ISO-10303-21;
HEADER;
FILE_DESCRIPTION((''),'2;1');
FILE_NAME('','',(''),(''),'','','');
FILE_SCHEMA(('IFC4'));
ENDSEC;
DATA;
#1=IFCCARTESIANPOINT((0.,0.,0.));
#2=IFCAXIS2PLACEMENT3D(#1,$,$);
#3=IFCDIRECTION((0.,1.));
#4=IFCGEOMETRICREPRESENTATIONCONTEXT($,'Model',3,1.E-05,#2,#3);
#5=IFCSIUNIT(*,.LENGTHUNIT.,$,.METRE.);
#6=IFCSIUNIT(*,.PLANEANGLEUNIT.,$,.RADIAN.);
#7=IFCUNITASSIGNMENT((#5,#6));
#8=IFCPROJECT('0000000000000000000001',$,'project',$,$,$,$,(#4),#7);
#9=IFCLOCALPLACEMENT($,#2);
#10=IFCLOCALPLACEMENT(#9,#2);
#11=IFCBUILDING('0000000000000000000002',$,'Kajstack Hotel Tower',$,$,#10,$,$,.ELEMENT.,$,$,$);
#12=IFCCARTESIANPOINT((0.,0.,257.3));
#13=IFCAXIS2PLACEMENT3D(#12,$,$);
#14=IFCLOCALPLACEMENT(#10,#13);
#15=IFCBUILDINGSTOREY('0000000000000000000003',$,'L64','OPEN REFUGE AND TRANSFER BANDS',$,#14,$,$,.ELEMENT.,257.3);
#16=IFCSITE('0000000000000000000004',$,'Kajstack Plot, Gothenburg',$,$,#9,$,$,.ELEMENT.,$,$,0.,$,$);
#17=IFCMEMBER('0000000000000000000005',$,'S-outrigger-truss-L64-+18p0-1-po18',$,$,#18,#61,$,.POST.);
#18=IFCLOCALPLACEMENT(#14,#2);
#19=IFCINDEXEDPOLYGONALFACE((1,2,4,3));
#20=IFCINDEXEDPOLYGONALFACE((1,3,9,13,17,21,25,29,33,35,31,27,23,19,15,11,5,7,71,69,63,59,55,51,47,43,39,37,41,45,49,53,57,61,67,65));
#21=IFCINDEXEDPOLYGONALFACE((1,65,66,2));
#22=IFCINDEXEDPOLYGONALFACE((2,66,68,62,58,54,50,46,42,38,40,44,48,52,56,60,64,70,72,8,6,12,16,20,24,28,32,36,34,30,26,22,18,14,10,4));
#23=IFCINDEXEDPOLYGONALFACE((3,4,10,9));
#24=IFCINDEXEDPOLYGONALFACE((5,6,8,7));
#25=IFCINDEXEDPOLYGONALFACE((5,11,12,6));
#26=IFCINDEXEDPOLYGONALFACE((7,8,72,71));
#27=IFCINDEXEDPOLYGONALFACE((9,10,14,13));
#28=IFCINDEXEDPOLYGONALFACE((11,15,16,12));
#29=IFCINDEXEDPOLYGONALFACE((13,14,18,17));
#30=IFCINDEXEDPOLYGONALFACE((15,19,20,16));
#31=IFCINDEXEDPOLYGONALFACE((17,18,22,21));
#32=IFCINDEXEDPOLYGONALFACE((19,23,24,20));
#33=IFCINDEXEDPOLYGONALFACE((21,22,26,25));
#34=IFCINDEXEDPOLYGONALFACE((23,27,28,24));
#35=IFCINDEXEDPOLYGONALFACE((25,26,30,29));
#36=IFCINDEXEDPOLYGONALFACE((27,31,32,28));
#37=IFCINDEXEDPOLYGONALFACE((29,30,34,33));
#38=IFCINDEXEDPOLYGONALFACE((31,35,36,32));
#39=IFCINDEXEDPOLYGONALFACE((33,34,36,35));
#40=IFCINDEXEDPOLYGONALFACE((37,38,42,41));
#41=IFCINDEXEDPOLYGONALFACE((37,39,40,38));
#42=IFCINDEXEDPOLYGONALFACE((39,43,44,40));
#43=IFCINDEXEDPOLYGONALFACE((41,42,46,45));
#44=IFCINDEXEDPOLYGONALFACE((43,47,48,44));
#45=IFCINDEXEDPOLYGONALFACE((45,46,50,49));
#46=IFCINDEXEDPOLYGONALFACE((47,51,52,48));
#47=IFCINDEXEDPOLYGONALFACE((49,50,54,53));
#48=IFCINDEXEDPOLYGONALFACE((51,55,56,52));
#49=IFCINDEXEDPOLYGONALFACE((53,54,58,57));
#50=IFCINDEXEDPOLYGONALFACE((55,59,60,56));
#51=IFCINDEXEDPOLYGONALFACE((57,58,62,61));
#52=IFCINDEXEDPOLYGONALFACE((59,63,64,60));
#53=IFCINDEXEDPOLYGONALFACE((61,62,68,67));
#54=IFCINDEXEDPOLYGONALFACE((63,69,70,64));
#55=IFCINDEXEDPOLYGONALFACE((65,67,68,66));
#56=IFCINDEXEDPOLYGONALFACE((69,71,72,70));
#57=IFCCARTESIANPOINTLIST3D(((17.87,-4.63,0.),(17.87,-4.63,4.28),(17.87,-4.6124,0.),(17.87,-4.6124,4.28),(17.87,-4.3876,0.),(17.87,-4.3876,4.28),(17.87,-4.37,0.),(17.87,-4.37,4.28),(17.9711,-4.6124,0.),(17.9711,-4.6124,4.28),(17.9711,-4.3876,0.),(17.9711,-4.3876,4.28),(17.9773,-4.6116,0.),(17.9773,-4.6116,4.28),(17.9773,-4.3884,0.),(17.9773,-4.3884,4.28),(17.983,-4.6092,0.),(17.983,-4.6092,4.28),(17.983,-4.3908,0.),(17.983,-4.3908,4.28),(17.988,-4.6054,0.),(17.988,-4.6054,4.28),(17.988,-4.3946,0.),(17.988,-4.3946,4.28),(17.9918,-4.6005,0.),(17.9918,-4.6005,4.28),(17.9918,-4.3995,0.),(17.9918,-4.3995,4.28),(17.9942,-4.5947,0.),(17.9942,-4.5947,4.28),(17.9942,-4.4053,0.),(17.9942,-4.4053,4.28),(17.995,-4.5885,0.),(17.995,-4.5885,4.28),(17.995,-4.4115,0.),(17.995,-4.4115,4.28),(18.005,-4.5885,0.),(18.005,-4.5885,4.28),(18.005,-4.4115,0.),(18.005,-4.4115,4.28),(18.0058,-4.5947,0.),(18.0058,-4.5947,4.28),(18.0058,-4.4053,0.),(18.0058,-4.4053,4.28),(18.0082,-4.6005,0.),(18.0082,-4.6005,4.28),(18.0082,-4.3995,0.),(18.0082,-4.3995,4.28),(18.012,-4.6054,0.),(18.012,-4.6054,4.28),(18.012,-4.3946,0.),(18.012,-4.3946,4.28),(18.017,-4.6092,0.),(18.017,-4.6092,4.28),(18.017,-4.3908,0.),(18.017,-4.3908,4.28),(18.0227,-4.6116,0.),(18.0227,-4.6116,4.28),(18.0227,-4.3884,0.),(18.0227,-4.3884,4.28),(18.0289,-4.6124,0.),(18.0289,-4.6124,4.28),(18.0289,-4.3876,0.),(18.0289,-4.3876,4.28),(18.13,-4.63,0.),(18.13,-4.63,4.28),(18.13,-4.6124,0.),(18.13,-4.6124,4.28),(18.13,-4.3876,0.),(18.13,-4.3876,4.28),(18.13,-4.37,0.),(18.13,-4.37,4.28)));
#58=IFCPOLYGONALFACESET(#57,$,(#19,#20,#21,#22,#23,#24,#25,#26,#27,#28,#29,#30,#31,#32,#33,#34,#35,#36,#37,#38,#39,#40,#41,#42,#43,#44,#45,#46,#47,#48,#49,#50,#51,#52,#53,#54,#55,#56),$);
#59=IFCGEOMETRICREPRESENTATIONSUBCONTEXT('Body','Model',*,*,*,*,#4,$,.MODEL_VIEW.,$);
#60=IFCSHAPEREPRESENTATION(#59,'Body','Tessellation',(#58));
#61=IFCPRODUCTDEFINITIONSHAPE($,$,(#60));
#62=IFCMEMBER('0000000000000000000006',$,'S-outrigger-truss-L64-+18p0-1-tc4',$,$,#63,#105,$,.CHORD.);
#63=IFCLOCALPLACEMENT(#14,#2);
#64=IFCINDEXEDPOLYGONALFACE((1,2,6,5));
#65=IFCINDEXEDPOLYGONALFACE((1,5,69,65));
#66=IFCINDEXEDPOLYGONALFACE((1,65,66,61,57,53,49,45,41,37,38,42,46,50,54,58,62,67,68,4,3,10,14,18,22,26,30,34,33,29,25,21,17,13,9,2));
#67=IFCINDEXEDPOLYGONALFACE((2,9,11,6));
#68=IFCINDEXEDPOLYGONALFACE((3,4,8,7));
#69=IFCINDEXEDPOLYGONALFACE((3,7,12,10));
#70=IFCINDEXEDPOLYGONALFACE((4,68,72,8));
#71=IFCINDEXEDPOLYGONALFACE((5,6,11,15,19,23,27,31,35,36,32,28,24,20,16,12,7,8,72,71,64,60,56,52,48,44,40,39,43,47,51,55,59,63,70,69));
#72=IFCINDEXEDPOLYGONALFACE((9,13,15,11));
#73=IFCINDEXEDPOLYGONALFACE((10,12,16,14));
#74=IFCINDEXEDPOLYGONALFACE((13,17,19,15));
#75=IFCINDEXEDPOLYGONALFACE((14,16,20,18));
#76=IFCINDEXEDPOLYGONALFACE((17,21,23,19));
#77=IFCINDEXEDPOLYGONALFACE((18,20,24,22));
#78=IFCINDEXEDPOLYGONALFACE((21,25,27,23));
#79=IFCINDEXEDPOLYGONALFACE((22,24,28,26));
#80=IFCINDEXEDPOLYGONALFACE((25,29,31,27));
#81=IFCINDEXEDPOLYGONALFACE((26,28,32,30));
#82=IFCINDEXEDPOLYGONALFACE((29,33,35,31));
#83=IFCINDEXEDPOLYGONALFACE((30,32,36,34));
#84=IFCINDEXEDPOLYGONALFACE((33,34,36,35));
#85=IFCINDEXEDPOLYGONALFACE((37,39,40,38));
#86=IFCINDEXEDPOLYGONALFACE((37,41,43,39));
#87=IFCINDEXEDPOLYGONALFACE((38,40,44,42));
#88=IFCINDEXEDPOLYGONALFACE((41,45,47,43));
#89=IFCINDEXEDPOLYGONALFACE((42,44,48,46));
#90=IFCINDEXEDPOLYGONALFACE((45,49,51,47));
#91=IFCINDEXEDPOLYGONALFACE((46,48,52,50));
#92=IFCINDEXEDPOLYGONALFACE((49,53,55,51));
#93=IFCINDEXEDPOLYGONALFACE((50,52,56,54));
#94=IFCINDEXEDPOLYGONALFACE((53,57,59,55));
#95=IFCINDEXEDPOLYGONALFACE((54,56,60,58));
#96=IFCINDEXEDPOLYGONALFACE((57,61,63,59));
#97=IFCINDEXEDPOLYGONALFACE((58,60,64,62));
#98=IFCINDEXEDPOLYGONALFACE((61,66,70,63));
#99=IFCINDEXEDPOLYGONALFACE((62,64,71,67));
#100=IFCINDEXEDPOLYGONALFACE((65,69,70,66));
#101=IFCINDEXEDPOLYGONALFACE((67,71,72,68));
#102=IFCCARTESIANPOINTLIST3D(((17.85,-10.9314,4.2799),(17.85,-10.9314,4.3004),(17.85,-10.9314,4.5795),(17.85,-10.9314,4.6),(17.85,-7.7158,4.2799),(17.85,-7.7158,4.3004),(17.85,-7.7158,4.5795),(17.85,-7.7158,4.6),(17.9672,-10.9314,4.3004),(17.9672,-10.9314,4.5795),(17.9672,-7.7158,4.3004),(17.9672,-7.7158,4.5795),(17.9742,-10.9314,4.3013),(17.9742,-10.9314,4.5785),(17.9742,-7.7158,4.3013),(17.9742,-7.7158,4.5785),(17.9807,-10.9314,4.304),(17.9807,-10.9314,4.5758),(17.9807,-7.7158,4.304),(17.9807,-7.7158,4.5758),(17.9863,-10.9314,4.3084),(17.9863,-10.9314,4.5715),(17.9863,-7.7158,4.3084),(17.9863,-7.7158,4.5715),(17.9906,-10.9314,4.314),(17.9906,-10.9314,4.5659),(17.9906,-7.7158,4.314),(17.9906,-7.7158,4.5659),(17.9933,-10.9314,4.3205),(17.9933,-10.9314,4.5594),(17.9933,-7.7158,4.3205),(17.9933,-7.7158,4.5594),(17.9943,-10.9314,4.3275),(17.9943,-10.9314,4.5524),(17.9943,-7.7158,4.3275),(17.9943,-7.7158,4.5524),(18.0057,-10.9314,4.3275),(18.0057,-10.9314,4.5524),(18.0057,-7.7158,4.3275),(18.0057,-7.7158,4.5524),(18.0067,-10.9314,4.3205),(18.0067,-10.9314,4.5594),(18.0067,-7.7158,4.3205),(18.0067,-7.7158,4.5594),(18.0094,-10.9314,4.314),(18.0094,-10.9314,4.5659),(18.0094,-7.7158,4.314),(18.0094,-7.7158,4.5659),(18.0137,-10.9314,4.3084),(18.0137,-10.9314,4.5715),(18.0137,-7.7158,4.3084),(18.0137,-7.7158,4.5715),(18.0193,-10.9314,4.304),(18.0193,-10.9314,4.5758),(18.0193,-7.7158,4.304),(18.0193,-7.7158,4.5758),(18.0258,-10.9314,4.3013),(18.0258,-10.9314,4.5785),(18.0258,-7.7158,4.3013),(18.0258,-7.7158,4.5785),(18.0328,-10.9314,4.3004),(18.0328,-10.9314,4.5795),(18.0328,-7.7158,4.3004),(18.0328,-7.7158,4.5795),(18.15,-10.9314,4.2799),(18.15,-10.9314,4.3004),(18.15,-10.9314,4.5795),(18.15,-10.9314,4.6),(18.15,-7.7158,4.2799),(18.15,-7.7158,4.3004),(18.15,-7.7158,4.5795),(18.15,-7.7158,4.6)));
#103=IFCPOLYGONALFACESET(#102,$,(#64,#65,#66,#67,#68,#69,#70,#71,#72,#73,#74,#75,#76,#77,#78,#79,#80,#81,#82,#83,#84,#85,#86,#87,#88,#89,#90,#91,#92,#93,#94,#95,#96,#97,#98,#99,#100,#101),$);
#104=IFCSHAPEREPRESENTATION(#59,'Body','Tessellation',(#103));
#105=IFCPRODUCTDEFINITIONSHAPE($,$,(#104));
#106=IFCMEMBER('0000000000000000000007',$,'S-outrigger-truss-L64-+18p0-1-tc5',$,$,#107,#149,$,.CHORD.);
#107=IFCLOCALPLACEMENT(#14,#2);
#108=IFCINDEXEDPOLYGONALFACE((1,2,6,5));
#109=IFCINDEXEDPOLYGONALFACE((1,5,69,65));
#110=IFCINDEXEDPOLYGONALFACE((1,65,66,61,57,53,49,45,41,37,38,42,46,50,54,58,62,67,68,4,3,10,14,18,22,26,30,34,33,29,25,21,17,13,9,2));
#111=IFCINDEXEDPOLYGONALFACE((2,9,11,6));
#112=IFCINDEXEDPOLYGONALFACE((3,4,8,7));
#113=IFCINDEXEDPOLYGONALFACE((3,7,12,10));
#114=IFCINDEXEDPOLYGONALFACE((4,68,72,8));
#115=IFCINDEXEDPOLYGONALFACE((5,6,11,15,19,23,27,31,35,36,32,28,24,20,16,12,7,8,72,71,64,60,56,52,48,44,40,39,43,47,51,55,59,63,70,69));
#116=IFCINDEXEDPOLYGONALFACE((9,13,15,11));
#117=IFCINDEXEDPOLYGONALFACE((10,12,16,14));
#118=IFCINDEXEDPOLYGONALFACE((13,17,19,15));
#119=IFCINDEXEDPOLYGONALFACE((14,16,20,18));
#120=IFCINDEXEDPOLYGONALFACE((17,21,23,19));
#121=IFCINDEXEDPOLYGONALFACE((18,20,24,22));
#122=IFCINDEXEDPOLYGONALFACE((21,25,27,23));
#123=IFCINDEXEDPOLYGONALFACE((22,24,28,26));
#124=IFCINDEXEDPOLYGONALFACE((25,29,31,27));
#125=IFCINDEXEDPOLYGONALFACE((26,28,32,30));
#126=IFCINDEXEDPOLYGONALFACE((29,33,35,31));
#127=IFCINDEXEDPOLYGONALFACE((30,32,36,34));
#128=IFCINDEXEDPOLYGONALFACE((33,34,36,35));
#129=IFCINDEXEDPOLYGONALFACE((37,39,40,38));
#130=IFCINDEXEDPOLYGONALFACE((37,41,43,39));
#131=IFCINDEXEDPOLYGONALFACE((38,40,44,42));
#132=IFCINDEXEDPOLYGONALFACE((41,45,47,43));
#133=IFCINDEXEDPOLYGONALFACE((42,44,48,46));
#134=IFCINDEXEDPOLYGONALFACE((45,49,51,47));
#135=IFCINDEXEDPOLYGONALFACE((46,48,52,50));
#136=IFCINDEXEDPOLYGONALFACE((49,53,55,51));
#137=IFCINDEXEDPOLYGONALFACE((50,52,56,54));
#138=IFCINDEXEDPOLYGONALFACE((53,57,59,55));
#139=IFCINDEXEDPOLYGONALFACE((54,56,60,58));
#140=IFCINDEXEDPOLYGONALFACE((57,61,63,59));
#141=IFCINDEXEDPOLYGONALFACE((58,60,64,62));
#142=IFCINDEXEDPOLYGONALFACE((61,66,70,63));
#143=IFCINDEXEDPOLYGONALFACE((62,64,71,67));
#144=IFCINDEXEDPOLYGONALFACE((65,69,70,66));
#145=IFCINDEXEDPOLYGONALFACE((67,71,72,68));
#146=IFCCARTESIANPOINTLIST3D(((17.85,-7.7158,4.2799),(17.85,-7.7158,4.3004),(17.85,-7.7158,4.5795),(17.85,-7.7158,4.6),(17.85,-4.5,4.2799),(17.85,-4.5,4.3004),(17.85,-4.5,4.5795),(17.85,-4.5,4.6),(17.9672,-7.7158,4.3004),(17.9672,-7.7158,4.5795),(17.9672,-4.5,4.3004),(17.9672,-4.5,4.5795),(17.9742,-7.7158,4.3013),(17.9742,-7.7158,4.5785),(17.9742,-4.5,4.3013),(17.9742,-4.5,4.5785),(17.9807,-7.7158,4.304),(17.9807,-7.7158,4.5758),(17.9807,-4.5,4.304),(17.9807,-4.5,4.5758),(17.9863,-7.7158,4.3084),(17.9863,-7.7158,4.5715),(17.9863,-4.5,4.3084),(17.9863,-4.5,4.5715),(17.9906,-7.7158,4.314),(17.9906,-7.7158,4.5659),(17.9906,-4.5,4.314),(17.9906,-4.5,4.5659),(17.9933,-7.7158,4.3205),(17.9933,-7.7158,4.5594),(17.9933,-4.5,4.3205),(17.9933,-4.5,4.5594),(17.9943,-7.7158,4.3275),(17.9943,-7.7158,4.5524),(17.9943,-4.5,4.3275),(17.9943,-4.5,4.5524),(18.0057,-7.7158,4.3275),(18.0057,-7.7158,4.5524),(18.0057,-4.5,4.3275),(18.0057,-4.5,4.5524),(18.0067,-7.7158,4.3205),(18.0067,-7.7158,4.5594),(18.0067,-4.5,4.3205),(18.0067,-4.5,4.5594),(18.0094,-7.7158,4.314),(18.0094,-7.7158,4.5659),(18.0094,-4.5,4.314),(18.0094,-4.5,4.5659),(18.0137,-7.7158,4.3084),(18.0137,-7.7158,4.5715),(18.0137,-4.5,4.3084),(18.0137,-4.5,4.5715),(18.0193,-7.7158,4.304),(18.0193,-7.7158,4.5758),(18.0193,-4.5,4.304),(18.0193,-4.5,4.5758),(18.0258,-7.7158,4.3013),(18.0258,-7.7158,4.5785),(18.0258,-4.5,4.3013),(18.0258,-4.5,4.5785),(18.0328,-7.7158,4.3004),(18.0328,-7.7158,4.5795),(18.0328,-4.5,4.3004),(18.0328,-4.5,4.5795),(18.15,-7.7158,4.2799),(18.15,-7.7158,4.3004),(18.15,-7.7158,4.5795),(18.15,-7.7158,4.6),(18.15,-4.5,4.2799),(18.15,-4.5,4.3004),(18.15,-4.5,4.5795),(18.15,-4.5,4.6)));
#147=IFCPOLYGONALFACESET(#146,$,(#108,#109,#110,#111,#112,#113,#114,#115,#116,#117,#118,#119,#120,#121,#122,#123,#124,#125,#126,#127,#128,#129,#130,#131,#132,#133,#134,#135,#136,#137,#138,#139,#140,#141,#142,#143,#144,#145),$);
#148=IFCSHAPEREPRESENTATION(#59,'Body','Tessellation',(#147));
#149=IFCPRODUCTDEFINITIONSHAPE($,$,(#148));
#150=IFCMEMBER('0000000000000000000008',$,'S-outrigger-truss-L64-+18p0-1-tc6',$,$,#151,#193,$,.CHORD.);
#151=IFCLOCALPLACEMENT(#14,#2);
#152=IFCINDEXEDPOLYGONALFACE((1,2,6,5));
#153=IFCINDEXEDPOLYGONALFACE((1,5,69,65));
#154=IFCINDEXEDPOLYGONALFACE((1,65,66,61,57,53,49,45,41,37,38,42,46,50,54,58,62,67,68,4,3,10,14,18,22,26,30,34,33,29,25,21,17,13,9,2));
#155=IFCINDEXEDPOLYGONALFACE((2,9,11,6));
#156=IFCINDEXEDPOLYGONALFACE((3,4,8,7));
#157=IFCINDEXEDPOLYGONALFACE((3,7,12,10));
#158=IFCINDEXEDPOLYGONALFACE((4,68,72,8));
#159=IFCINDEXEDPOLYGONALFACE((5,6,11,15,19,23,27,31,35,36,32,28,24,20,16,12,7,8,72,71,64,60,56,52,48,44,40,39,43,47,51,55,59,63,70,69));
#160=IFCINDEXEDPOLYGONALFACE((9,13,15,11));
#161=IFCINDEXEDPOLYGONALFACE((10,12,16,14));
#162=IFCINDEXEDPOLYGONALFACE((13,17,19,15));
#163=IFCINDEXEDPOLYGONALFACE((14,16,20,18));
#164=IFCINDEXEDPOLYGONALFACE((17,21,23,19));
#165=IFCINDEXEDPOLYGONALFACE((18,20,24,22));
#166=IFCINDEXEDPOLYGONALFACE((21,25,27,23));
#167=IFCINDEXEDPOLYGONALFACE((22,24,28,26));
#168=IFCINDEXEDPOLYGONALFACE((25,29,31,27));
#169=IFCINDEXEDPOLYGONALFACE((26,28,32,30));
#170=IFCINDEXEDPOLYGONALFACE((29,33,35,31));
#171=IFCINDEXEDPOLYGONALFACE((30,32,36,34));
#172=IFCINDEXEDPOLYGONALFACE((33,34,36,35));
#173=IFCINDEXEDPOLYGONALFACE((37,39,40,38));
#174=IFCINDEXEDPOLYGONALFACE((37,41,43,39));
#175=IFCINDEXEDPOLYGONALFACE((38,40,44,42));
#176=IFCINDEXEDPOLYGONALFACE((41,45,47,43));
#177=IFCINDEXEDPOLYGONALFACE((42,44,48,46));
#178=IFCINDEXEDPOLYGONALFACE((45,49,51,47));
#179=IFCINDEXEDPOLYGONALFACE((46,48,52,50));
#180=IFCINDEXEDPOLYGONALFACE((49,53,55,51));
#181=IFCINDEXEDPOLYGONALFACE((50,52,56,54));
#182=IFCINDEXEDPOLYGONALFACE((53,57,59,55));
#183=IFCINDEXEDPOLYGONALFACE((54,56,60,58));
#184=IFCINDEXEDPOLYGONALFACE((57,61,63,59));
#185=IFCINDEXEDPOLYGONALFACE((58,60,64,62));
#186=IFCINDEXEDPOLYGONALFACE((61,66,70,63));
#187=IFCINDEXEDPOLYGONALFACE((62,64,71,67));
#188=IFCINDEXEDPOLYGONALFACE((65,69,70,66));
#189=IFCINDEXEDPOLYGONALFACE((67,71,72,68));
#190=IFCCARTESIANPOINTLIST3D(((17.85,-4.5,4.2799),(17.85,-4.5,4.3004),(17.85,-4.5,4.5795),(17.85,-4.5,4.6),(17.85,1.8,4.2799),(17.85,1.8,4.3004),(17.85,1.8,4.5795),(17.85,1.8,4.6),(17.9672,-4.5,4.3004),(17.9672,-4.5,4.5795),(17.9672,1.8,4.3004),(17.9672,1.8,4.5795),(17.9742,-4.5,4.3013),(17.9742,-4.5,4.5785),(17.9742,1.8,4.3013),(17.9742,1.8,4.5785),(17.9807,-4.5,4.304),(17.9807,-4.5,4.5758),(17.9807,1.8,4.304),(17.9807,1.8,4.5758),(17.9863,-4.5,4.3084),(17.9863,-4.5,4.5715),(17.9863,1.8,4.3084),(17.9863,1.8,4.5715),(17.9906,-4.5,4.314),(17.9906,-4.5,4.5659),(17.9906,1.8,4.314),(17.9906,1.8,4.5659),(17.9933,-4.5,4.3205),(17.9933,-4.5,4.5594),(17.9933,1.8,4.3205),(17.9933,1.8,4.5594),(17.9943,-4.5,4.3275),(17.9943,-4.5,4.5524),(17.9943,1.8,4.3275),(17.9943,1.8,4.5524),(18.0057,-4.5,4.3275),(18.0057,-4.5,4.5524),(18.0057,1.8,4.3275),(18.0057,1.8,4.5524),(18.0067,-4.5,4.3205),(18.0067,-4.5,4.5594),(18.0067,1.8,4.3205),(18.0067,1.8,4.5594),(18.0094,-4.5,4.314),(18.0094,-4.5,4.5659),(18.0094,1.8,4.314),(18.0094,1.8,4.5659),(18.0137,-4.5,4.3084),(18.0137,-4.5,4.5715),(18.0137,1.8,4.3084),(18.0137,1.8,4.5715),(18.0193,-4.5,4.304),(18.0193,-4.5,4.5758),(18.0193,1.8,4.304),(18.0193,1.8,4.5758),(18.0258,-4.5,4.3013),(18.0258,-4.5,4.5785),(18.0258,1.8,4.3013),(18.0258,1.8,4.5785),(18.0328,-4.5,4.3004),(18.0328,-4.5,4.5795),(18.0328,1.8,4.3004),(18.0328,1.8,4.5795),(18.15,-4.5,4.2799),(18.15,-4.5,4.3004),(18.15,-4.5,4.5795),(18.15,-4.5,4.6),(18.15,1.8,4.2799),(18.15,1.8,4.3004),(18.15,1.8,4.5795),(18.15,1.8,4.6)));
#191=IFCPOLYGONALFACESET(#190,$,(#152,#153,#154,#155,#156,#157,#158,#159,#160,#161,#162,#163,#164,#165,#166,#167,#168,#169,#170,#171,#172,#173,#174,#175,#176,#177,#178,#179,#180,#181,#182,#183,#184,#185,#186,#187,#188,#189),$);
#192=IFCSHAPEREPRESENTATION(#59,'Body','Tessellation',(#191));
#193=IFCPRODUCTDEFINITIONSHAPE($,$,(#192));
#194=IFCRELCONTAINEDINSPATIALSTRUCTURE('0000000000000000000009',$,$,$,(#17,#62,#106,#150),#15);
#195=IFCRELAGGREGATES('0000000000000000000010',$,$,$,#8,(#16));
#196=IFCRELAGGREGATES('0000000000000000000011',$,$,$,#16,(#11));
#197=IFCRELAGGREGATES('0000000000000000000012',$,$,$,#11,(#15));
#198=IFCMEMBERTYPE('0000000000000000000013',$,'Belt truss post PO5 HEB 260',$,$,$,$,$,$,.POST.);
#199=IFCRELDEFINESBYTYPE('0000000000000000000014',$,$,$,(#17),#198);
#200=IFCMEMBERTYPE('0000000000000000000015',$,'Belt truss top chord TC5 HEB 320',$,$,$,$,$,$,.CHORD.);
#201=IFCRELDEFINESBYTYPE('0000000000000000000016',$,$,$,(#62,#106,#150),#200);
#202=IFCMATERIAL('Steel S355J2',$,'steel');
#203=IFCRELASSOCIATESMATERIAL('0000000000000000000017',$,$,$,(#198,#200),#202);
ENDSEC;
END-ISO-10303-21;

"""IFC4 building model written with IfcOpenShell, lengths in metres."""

from ifc_helpers import new_model, si_unit, direction, frame, origin, origin_2d, place, context, subcontext, project, spatial, i_section, extrude, material, material_profile, profile_set, type_object, element, save


model = new_model("IFC4")

# Units and contexts
model_context = context("Model", 3, precision=1e-05, world=origin(), true_north=direction((0.0, 1.0)))
body_context = subcontext(model_context, "Body", "Model", "MODEL_VIEW")
ifc_project = project(units=[si_unit("LENGTHUNIT", "METRE"), si_unit("PLANEANGLEUNIT", "RADIAN")], contexts=[model_context])

# Site, building, storey
site_placement = place(None, origin())
site = spatial("IfcSite", under=ifc_project, at=site_placement, Name="Kajstack Plot, Gothenburg", CompositionType="ELEMENT", RefElevation=0.0)
building_placement = place(site_placement, origin())
building = spatial("IfcBuilding", under=site, at=building_placement, Name="Kajstack Hotel Tower", CompositionType="ELEMENT")
storey_placement = place(building_placement, frame((0.0, 0.0, 257.3)))
storey = spatial("IfcBuildingStorey", under=building, at=storey_placement, Name="L64", Description="OPEN REFUGE AND TRANSFER BANDS", CompositionType="ELEMENT", Elevation=257.3)

# Members
ifc_material = material(Name="Steel S355J2", Category="steel")
ifc_material_profile_1 = material_profile(ifc_material, i_section(OverallWidth=0.26, OverallDepth=0.26, WebThickness=0.01, FlangeThickness=0.0176, FilletRadius=0.0239, at=origin_2d()), Name="HEB 260")
ifc_profile_set_1 = profile_set([ifc_material_profile_1], Name="Steel S355J2")
member_type_1 = type_object("IfcMemberType", Name="Belt truss post PO5 HEB 260", PredefinedType="POST", material=ifc_profile_set_1)
for number, where, z_axis, x_axis, name in (
    (1, (18.0, -4.5, 0.0), (0.0, 0.0, 1.0), (1.0, 0.0, 0.0), "S-outrigger-truss-L64-+18p0-1-po18"),
):
    element("IfcMember", number, at=place(storey_placement, frame(where, z_axis=z_axis, x_axis=x_axis)), inside=storey, type_object=member_type_1, Name=name, PredefinedType="POST", context=body_context, shape_type="SweptSolid", body=[
        extrude(i_section(OverallWidth=0.26, OverallDepth=0.26, WebThickness=0.01, FlangeThickness=0.0176, FilletRadius=0.0239, at=origin_2d()), origin(), (0.0, 0.0, 1.0), 4.28),
    ])
ifc_material_profile_2 = material_profile(ifc_material, i_section(OverallWidth=0.3, OverallDepth=0.3201, WebThickness=0.0115, FlangeThickness=0.0205, FilletRadius=0.0271, at=origin_2d()), Name="HEB 320")
ifc_profile_set_2 = profile_set([ifc_material_profile_2], Name="Steel S355J2")
member_type_2 = type_object("IfcMemberType", Name="Belt truss top chord TC5 HEB 320", PredefinedType="CHORD", material=ifc_profile_set_2)
member_1_placement = place(storey_placement, frame((18.0, -10.9314, 4.4399), z_axis=(0.0, 1.0, 0.0), x_axis=(-1.0, 0.0, 0.0)))
element("IfcMember", 2, at=member_1_placement, inside=storey, type_object=member_type_2, Name="S-outrigger-truss-L64-+18p0-1-tc4", PredefinedType="CHORD", context=body_context, shape_type="SweptSolid", body=[
    extrude(i_section(OverallWidth=0.3, OverallDepth=0.3201, WebThickness=0.0115, FlangeThickness=0.0205, FilletRadius=0.0271, at=origin_2d()), origin(), (0.0, 0.0, 1.0), 3.2156),
])
member_2_placement = place(storey_placement, frame((18.0, -7.7158, 4.4399), z_axis=(0.0, 1.0, 0.0), x_axis=(-1.0, 0.0, 0.0)))
element("IfcMember", 3, at=member_2_placement, inside=storey, type_object=member_type_2, Name="S-outrigger-truss-L64-+18p0-1-tc5", PredefinedType="CHORD", context=body_context, shape_type="SweptSolid", body=[
    extrude(i_section(OverallWidth=0.3, OverallDepth=0.3201, WebThickness=0.0115, FlangeThickness=0.0205, FilletRadius=0.0271, at=origin_2d()), origin(), (0.0, 0.0, 1.0), 3.2158),
])
member_3_placement = place(storey_placement, frame((18.0, -4.5, 4.4399), z_axis=(0.0, 1.0, 0.0), x_axis=(-1.0, 0.0, 0.0)))
element("IfcMember", 4, at=member_3_placement, inside=storey, type_object=member_type_2, Name="S-outrigger-truss-L64-+18p0-1-tc6", PredefinedType="CHORD", context=body_context, shape_type="SweptSolid", body=[
    extrude(i_section(OverallWidth=0.3, OverallDepth=0.3201, WebThickness=0.0115, FlangeThickness=0.0205, FilletRadius=0.0271, at=origin_2d()), origin(), (0.0, 0.0, 1.0), 6.3),
])

save(model, "model.ifc")
